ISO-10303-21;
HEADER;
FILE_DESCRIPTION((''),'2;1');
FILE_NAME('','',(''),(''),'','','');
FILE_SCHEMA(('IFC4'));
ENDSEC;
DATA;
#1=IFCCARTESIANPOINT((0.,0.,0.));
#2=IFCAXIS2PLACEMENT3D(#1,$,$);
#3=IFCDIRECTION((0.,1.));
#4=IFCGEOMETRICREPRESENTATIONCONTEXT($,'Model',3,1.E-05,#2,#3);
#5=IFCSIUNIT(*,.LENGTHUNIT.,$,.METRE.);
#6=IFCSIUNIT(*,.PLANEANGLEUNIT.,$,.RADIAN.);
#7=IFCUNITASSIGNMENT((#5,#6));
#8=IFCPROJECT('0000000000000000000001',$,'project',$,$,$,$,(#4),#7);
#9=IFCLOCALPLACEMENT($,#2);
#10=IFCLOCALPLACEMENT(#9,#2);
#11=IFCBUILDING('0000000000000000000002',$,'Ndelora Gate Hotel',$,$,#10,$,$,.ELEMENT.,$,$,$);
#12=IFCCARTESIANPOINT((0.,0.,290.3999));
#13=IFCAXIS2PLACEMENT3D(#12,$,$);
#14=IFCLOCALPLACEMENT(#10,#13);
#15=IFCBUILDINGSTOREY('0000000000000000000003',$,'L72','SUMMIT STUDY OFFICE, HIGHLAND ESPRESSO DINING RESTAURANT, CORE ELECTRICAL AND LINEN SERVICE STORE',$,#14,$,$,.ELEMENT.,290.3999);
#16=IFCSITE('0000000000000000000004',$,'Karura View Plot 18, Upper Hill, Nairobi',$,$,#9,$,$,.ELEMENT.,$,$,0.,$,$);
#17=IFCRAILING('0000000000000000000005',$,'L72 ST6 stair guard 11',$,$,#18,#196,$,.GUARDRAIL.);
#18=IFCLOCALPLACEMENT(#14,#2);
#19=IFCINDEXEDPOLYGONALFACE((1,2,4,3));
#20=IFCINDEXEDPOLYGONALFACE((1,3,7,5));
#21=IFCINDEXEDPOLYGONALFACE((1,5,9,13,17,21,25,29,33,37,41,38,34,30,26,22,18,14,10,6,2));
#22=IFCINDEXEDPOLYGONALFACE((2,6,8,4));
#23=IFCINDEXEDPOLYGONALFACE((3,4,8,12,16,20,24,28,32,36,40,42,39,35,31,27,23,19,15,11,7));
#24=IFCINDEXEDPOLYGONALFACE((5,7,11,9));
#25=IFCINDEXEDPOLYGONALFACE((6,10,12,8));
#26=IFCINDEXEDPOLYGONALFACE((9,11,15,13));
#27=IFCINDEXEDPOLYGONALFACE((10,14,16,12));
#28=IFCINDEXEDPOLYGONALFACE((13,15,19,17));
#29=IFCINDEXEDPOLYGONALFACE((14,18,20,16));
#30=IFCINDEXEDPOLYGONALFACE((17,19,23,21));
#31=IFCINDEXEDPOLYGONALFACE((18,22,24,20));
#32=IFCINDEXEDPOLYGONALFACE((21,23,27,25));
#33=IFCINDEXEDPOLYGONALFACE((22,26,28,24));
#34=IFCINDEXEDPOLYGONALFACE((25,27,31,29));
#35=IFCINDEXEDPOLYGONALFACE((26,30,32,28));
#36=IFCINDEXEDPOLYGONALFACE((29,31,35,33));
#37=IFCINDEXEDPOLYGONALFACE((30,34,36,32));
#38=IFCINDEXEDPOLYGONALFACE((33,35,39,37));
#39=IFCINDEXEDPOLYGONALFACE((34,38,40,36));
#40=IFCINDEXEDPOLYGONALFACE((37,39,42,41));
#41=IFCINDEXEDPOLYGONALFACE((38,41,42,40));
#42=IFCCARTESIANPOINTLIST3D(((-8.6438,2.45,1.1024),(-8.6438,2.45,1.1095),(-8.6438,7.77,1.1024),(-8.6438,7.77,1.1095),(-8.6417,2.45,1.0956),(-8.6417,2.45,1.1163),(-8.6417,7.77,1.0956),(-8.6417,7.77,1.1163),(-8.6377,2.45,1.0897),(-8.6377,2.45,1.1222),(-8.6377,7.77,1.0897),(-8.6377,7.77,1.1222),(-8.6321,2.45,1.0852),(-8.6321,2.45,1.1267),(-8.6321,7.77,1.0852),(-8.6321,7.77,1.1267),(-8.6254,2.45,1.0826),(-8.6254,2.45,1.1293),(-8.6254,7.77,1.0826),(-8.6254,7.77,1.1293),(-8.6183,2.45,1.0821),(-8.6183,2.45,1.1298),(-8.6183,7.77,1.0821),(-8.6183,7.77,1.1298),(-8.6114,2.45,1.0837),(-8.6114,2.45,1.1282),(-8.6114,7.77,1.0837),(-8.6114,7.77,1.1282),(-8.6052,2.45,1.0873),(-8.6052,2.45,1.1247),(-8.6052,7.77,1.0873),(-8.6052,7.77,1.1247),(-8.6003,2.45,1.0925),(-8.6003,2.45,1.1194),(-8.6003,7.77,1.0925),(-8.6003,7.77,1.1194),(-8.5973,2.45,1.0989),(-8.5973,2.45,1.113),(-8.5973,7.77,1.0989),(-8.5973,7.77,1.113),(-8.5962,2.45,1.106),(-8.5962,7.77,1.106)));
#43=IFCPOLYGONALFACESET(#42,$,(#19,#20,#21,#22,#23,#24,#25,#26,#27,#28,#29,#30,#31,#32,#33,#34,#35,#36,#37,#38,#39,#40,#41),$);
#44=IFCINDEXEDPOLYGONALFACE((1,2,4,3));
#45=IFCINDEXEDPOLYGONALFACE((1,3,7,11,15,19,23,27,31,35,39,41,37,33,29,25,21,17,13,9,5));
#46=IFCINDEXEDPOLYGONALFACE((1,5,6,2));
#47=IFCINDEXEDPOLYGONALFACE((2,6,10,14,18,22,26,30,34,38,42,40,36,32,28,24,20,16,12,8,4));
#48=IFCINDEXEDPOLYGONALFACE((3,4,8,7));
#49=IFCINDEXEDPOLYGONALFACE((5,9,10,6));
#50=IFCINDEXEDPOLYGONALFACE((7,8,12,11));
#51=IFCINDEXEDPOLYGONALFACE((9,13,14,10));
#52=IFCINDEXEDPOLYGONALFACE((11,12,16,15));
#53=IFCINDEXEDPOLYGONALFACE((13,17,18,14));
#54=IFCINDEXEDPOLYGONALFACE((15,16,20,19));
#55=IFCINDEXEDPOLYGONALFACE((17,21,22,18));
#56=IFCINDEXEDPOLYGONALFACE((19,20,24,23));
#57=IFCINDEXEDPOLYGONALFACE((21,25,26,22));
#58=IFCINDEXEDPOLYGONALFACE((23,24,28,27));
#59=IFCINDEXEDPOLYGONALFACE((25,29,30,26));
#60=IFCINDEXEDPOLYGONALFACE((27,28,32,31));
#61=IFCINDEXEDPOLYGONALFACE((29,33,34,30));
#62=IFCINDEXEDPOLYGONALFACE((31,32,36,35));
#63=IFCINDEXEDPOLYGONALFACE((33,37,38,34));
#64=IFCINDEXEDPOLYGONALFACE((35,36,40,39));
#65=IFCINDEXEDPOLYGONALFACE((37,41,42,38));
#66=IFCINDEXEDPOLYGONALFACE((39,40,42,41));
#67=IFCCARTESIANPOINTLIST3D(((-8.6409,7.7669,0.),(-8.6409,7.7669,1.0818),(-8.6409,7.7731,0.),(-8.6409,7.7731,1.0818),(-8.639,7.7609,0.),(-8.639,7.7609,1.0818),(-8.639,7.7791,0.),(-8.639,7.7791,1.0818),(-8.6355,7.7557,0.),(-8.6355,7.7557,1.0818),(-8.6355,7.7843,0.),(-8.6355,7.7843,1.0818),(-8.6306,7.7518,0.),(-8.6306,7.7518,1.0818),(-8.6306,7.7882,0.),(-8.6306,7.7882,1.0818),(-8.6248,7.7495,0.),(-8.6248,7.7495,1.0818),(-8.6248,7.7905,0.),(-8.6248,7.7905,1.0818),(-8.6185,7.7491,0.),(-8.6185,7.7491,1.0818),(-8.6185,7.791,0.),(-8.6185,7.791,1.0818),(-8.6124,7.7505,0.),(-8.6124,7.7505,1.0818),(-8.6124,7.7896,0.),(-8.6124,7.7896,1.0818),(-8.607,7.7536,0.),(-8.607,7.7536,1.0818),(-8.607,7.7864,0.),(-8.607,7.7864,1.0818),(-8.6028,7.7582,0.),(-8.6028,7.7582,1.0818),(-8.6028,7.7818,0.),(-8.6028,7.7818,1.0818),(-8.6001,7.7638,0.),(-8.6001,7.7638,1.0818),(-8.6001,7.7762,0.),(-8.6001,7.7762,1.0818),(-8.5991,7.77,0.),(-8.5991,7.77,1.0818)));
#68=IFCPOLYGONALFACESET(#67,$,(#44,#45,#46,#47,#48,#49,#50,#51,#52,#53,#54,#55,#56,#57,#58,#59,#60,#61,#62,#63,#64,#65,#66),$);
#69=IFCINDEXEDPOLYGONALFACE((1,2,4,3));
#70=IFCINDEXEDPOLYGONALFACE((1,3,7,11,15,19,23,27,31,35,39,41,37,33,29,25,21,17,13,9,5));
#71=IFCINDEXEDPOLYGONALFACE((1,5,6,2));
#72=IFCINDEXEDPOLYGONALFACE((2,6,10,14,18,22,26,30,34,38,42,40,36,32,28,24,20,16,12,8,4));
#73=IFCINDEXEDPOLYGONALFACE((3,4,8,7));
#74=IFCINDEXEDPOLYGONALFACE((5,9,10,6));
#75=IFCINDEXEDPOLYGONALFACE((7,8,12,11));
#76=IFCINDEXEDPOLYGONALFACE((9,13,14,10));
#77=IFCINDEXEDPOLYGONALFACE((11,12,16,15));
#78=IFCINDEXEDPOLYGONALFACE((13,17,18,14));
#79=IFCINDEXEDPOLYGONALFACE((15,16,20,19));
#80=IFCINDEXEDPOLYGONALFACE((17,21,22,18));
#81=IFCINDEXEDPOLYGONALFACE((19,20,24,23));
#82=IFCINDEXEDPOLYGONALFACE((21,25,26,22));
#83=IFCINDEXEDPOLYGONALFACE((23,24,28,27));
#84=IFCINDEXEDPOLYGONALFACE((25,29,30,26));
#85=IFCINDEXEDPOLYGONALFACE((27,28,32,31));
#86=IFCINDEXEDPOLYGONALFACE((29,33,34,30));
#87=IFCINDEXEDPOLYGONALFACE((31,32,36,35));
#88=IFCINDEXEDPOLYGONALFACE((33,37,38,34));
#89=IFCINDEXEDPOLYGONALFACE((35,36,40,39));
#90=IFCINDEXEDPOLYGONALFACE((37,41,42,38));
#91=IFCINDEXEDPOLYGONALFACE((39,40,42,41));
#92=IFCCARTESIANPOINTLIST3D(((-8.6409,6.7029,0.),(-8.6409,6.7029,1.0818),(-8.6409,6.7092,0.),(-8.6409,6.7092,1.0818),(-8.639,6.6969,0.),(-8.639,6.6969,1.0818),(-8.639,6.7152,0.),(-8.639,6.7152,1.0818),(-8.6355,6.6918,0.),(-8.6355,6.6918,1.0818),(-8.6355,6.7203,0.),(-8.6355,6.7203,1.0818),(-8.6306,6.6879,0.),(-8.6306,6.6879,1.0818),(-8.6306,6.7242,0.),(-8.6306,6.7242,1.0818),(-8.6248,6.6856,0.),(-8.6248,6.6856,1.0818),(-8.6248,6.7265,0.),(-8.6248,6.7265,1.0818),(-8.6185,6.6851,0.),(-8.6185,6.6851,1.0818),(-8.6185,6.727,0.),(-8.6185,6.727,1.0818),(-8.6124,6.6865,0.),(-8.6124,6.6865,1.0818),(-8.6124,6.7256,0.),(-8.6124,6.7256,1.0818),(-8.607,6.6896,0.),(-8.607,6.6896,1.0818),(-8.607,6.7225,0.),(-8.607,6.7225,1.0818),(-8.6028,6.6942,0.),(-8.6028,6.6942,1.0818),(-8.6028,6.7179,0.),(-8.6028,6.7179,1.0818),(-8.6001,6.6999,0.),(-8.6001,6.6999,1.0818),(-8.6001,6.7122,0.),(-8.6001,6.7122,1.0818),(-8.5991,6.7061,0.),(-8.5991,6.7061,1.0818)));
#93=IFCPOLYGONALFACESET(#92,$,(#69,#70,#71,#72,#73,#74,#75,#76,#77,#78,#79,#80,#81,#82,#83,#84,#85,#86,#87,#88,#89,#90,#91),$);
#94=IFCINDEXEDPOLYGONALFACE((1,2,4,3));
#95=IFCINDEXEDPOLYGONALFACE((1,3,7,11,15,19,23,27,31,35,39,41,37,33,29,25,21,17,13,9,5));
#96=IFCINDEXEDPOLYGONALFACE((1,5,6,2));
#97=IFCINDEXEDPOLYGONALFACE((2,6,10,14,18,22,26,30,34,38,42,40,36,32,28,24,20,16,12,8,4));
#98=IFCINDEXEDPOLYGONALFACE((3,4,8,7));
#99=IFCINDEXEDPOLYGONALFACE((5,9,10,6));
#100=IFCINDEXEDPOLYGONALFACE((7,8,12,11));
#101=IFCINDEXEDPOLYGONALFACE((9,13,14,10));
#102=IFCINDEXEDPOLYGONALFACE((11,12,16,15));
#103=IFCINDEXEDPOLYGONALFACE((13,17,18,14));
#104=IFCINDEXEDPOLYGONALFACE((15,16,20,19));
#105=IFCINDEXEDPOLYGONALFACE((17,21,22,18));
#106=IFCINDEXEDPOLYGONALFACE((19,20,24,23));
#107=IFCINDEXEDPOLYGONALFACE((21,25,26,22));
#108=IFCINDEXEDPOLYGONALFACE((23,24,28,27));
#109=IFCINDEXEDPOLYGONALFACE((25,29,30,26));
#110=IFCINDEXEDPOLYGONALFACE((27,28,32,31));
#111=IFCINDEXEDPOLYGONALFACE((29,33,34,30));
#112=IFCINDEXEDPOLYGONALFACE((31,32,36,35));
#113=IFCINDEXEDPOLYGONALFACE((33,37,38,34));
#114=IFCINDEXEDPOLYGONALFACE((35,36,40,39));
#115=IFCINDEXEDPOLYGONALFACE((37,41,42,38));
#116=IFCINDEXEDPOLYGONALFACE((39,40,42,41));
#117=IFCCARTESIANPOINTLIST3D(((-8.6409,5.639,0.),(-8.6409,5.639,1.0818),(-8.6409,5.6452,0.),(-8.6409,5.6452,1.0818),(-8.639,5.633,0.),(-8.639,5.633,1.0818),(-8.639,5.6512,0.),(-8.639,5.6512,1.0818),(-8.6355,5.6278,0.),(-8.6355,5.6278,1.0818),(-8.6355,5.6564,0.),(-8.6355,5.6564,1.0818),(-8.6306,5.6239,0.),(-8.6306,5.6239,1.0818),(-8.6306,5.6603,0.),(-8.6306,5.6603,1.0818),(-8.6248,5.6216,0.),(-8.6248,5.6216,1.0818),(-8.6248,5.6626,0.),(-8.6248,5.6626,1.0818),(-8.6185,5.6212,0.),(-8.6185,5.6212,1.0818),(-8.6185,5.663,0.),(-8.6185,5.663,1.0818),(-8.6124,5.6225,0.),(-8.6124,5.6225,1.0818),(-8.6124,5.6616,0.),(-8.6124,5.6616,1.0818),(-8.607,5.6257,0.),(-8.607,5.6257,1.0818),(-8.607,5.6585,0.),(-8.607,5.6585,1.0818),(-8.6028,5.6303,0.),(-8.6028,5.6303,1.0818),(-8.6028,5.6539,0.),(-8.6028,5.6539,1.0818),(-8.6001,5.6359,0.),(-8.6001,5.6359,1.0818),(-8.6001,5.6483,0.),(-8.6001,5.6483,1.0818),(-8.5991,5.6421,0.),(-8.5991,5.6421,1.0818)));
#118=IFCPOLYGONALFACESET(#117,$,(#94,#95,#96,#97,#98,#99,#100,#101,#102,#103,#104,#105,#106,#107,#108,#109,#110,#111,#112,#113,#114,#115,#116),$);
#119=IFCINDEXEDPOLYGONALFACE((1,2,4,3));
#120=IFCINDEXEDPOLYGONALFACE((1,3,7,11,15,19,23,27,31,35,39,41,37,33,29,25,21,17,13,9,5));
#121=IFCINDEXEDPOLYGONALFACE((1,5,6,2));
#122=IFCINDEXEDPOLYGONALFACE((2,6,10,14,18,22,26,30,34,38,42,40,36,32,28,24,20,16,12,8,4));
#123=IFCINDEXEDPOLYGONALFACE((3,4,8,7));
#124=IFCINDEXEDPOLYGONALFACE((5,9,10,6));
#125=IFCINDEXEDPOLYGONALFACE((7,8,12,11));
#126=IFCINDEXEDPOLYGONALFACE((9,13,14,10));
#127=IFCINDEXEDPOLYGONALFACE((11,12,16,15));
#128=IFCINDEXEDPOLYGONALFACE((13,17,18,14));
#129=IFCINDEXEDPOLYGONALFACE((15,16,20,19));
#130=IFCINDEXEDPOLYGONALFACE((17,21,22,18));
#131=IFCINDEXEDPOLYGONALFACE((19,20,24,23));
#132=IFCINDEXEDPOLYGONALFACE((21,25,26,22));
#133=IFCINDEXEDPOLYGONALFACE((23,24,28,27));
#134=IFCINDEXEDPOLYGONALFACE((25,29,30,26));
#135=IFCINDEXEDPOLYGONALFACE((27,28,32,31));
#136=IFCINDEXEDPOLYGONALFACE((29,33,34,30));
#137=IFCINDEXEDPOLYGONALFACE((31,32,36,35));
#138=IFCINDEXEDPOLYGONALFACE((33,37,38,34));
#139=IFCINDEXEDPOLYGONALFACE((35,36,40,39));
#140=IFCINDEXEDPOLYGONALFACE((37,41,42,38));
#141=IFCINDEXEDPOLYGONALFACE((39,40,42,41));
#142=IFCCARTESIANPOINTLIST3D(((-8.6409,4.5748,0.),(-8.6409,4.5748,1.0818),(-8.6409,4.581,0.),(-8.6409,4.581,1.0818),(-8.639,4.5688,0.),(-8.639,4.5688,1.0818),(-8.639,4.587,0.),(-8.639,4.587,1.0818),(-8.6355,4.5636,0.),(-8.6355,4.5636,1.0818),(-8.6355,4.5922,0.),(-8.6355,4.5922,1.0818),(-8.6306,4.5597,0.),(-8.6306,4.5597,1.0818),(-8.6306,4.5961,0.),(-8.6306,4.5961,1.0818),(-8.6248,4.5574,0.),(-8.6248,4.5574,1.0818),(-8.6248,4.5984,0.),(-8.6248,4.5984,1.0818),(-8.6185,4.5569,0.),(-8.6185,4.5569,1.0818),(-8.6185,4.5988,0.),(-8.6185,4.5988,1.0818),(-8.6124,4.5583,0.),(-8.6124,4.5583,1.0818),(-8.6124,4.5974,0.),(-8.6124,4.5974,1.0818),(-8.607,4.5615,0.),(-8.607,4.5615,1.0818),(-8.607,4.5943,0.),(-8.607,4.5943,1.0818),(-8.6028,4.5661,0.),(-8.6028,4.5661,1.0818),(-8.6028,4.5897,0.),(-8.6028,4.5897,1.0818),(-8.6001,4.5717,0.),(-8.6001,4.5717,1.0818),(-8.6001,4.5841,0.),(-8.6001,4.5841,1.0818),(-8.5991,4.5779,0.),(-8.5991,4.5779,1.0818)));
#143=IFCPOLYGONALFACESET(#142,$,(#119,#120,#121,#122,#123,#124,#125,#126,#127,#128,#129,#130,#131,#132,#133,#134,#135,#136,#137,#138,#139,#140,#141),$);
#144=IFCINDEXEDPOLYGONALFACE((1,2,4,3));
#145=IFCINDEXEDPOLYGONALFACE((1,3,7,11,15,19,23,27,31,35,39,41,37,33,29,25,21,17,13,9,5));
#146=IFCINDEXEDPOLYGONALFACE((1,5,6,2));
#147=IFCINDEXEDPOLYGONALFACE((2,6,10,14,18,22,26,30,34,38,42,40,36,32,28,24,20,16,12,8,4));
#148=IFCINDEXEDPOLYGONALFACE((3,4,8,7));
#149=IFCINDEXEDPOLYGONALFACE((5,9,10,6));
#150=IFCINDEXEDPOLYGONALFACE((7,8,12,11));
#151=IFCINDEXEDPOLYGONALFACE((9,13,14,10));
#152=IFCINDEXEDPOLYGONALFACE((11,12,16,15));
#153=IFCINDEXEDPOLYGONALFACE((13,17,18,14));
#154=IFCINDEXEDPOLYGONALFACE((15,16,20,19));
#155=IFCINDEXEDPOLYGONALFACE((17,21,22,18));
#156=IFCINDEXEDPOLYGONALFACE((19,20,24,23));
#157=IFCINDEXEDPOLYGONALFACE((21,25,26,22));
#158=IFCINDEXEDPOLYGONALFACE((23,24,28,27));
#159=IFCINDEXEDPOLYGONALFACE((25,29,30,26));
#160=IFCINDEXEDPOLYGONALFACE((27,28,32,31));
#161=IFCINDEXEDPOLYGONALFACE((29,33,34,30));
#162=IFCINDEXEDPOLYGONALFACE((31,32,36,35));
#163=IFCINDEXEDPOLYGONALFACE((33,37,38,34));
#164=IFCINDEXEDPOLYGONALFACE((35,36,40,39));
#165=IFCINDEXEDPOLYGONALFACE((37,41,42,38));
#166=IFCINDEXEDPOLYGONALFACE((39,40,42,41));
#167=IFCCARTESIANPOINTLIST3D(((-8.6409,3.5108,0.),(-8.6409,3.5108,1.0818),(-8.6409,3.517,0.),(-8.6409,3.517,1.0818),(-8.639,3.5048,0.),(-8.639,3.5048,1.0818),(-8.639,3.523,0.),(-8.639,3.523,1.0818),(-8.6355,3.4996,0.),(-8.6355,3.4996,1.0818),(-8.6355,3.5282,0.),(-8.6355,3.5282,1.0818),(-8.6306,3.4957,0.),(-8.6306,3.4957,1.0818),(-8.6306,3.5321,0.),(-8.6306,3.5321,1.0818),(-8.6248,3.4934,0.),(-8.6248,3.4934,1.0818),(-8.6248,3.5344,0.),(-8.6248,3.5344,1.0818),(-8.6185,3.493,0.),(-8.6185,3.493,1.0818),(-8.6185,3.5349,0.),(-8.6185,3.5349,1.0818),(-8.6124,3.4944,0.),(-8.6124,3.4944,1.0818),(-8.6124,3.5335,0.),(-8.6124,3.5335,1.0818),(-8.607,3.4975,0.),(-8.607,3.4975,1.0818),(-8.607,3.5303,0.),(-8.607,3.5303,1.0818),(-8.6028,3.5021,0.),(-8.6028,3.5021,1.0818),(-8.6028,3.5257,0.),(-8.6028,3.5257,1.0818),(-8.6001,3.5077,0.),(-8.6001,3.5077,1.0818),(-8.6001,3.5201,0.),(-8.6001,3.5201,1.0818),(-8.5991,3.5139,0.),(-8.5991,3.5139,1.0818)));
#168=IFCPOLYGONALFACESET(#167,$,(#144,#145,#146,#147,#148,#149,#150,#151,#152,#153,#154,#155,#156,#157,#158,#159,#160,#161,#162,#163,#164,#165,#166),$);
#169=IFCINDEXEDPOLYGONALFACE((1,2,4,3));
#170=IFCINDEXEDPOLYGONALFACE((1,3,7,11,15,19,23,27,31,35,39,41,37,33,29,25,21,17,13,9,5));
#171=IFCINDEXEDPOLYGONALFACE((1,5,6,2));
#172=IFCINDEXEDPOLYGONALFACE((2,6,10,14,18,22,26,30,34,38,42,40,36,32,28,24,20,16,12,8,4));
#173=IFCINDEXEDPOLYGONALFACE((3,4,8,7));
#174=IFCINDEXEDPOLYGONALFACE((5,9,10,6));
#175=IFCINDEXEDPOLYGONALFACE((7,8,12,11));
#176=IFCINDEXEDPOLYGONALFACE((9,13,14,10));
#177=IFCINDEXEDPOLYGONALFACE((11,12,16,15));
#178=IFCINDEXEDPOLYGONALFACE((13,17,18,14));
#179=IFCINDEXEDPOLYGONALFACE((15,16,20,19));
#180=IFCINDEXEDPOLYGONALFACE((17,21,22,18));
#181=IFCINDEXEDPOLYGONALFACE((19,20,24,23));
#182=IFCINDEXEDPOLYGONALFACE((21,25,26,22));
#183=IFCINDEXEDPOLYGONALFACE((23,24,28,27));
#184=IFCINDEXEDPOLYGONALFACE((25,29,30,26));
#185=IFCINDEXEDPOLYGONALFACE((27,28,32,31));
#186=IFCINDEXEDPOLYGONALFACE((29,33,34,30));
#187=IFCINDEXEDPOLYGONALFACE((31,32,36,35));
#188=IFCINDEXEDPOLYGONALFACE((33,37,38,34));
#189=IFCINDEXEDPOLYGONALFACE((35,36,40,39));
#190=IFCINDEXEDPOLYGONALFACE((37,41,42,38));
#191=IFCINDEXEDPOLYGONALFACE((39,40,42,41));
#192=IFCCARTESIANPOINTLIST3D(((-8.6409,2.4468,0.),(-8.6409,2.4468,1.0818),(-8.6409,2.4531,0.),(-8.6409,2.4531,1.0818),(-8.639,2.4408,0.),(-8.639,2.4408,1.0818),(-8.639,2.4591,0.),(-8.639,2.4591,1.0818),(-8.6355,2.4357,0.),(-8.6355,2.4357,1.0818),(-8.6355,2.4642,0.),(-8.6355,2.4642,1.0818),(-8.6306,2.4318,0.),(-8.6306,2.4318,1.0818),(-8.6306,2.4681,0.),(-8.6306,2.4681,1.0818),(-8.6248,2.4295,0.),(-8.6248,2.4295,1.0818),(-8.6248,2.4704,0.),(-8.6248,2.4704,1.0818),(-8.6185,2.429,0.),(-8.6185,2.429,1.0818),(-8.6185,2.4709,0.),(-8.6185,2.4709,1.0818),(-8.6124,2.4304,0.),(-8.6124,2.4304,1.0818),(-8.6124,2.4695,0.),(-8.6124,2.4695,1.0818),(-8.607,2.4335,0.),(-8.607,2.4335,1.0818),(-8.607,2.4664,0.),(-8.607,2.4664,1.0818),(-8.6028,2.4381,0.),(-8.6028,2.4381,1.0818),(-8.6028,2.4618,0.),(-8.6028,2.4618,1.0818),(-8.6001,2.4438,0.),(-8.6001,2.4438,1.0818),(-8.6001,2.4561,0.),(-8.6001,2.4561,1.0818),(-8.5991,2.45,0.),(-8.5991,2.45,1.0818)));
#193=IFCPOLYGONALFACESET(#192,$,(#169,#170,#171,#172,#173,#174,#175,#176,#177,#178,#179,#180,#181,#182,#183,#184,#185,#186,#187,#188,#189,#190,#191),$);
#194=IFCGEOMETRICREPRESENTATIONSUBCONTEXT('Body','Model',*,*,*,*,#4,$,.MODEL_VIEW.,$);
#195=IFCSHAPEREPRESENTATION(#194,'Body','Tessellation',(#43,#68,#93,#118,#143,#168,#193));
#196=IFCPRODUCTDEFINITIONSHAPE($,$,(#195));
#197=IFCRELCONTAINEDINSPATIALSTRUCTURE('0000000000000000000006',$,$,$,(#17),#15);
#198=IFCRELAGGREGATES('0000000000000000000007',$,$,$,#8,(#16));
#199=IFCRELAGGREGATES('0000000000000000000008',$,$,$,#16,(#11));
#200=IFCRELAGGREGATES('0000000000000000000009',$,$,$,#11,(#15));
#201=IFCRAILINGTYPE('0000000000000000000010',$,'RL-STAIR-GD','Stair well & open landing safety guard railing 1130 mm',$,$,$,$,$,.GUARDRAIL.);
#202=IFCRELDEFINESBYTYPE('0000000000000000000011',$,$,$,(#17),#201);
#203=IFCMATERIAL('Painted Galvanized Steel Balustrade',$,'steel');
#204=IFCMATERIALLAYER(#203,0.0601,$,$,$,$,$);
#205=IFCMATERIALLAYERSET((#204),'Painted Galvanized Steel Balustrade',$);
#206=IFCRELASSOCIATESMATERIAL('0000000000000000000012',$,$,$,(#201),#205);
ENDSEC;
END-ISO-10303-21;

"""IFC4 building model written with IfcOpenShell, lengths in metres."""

from ifc_helpers import new_model, si_unit, direction, frame, origin, origin_2d, place, context, subcontext, project, spatial, circle, extrude, material, layer, layer_set, type_object, element, save


model = new_model("IFC4")

# Units and contexts
model_context = context("Model", 3, precision=1e-05, world=origin(), true_north=direction((0.0, 1.0)))
body_context = subcontext(model_context, "Body", "Model", "MODEL_VIEW")
ifc_project = project(units=[si_unit("LENGTHUNIT", "METRE"), si_unit("PLANEANGLEUNIT", "RADIAN")], contexts=[model_context])

# Site, building, storey
site_placement = place(None, origin())
site = spatial("IfcSite", under=ifc_project, at=site_placement, Name="Karura View Plot 18, Upper Hill, Nairobi", CompositionType="ELEMENT", RefElevation=0.0)
building_placement = place(site_placement, origin())
building = spatial("IfcBuilding", under=site, at=building_placement, Name="Ndelora Gate Hotel", CompositionType="ELEMENT")
storey_placement = place(building_placement, frame((0.0, 0.0, 290.3999)))
storey = spatial("IfcBuildingStorey", under=building, at=storey_placement, Name="L72", Description="SUMMIT STUDY OFFICE, HIGHLAND ESPRESSO DINING RESTAURANT, CORE ELECTRICAL AND LINEN SERVICE STORE", CompositionType="ELEMENT", Elevation=290.3999)

# Railing
ifc_material_1 = material(Name="Painted Galvanized Steel Balustrade", Category="steel")
ifc_layer_1 = layer(ifc_material_1, 0.0601)
ifc_layer_set_1 = layer_set([ifc_layer_1], Name="Painted Galvanized Steel Balustrade")
railing_type_1 = type_object("IfcRailingType", Name="RL-STAIR-GD", Description="Stair well & open landing safety guard railing 1130 mm", PredefinedType="GUARDRAIL", material=ifc_layer_set_1)
for number, where, name in (
    (1, (-8.6201, 7.77, 0.0), "L72 ST6 stair guard 11"),
):
    element("IfcRailing", number, at=place(storey_placement, frame(where)), inside=storey, type_object=railing_type_1, Name=name, PredefinedType="GUARDRAIL", context=body_context, shape_type="SweptSolid", body=[
        extrude(circle(Radius=0.0239, at=origin_2d()), frame((0.0, 0.0, 1.106), z_axis=(0.0, -1.0, 0.0), x_axis=(1.0, 0.0, 0.0)), (0.0, 0.0, 1.0), 5.3201),
        extrude(circle(Radius=0.021, at=origin_2d()), origin(), (0.0, 0.0, 1.0), 1.0818),
        extrude(circle(Radius=0.021, at=origin_2d()), frame((0.0, -1.064, 0.0)), (0.0, 0.0, 1.0), 1.0818),
        extrude(circle(Radius=0.021, at=origin_2d()), frame((0.0, -2.1279, 0.0)), (0.0, 0.0, 1.0), 1.0818),
        extrude(circle(Radius=0.021, at=origin_2d()), frame((0.0, -3.1921, 0.0)), (0.0, 0.0, 1.0), 1.0818),
        extrude(circle(Radius=0.021, at=origin_2d()), frame((0.0, -4.2561, 0.0)), (0.0, 0.0, 1.0), 1.0818),
        extrude(circle(Radius=0.021, at=origin_2d()), frame((0.0, -5.3201, 0.0)), (0.0, 0.0, 1.0), 1.0818),
    ])

save(model, "model.ifc")
